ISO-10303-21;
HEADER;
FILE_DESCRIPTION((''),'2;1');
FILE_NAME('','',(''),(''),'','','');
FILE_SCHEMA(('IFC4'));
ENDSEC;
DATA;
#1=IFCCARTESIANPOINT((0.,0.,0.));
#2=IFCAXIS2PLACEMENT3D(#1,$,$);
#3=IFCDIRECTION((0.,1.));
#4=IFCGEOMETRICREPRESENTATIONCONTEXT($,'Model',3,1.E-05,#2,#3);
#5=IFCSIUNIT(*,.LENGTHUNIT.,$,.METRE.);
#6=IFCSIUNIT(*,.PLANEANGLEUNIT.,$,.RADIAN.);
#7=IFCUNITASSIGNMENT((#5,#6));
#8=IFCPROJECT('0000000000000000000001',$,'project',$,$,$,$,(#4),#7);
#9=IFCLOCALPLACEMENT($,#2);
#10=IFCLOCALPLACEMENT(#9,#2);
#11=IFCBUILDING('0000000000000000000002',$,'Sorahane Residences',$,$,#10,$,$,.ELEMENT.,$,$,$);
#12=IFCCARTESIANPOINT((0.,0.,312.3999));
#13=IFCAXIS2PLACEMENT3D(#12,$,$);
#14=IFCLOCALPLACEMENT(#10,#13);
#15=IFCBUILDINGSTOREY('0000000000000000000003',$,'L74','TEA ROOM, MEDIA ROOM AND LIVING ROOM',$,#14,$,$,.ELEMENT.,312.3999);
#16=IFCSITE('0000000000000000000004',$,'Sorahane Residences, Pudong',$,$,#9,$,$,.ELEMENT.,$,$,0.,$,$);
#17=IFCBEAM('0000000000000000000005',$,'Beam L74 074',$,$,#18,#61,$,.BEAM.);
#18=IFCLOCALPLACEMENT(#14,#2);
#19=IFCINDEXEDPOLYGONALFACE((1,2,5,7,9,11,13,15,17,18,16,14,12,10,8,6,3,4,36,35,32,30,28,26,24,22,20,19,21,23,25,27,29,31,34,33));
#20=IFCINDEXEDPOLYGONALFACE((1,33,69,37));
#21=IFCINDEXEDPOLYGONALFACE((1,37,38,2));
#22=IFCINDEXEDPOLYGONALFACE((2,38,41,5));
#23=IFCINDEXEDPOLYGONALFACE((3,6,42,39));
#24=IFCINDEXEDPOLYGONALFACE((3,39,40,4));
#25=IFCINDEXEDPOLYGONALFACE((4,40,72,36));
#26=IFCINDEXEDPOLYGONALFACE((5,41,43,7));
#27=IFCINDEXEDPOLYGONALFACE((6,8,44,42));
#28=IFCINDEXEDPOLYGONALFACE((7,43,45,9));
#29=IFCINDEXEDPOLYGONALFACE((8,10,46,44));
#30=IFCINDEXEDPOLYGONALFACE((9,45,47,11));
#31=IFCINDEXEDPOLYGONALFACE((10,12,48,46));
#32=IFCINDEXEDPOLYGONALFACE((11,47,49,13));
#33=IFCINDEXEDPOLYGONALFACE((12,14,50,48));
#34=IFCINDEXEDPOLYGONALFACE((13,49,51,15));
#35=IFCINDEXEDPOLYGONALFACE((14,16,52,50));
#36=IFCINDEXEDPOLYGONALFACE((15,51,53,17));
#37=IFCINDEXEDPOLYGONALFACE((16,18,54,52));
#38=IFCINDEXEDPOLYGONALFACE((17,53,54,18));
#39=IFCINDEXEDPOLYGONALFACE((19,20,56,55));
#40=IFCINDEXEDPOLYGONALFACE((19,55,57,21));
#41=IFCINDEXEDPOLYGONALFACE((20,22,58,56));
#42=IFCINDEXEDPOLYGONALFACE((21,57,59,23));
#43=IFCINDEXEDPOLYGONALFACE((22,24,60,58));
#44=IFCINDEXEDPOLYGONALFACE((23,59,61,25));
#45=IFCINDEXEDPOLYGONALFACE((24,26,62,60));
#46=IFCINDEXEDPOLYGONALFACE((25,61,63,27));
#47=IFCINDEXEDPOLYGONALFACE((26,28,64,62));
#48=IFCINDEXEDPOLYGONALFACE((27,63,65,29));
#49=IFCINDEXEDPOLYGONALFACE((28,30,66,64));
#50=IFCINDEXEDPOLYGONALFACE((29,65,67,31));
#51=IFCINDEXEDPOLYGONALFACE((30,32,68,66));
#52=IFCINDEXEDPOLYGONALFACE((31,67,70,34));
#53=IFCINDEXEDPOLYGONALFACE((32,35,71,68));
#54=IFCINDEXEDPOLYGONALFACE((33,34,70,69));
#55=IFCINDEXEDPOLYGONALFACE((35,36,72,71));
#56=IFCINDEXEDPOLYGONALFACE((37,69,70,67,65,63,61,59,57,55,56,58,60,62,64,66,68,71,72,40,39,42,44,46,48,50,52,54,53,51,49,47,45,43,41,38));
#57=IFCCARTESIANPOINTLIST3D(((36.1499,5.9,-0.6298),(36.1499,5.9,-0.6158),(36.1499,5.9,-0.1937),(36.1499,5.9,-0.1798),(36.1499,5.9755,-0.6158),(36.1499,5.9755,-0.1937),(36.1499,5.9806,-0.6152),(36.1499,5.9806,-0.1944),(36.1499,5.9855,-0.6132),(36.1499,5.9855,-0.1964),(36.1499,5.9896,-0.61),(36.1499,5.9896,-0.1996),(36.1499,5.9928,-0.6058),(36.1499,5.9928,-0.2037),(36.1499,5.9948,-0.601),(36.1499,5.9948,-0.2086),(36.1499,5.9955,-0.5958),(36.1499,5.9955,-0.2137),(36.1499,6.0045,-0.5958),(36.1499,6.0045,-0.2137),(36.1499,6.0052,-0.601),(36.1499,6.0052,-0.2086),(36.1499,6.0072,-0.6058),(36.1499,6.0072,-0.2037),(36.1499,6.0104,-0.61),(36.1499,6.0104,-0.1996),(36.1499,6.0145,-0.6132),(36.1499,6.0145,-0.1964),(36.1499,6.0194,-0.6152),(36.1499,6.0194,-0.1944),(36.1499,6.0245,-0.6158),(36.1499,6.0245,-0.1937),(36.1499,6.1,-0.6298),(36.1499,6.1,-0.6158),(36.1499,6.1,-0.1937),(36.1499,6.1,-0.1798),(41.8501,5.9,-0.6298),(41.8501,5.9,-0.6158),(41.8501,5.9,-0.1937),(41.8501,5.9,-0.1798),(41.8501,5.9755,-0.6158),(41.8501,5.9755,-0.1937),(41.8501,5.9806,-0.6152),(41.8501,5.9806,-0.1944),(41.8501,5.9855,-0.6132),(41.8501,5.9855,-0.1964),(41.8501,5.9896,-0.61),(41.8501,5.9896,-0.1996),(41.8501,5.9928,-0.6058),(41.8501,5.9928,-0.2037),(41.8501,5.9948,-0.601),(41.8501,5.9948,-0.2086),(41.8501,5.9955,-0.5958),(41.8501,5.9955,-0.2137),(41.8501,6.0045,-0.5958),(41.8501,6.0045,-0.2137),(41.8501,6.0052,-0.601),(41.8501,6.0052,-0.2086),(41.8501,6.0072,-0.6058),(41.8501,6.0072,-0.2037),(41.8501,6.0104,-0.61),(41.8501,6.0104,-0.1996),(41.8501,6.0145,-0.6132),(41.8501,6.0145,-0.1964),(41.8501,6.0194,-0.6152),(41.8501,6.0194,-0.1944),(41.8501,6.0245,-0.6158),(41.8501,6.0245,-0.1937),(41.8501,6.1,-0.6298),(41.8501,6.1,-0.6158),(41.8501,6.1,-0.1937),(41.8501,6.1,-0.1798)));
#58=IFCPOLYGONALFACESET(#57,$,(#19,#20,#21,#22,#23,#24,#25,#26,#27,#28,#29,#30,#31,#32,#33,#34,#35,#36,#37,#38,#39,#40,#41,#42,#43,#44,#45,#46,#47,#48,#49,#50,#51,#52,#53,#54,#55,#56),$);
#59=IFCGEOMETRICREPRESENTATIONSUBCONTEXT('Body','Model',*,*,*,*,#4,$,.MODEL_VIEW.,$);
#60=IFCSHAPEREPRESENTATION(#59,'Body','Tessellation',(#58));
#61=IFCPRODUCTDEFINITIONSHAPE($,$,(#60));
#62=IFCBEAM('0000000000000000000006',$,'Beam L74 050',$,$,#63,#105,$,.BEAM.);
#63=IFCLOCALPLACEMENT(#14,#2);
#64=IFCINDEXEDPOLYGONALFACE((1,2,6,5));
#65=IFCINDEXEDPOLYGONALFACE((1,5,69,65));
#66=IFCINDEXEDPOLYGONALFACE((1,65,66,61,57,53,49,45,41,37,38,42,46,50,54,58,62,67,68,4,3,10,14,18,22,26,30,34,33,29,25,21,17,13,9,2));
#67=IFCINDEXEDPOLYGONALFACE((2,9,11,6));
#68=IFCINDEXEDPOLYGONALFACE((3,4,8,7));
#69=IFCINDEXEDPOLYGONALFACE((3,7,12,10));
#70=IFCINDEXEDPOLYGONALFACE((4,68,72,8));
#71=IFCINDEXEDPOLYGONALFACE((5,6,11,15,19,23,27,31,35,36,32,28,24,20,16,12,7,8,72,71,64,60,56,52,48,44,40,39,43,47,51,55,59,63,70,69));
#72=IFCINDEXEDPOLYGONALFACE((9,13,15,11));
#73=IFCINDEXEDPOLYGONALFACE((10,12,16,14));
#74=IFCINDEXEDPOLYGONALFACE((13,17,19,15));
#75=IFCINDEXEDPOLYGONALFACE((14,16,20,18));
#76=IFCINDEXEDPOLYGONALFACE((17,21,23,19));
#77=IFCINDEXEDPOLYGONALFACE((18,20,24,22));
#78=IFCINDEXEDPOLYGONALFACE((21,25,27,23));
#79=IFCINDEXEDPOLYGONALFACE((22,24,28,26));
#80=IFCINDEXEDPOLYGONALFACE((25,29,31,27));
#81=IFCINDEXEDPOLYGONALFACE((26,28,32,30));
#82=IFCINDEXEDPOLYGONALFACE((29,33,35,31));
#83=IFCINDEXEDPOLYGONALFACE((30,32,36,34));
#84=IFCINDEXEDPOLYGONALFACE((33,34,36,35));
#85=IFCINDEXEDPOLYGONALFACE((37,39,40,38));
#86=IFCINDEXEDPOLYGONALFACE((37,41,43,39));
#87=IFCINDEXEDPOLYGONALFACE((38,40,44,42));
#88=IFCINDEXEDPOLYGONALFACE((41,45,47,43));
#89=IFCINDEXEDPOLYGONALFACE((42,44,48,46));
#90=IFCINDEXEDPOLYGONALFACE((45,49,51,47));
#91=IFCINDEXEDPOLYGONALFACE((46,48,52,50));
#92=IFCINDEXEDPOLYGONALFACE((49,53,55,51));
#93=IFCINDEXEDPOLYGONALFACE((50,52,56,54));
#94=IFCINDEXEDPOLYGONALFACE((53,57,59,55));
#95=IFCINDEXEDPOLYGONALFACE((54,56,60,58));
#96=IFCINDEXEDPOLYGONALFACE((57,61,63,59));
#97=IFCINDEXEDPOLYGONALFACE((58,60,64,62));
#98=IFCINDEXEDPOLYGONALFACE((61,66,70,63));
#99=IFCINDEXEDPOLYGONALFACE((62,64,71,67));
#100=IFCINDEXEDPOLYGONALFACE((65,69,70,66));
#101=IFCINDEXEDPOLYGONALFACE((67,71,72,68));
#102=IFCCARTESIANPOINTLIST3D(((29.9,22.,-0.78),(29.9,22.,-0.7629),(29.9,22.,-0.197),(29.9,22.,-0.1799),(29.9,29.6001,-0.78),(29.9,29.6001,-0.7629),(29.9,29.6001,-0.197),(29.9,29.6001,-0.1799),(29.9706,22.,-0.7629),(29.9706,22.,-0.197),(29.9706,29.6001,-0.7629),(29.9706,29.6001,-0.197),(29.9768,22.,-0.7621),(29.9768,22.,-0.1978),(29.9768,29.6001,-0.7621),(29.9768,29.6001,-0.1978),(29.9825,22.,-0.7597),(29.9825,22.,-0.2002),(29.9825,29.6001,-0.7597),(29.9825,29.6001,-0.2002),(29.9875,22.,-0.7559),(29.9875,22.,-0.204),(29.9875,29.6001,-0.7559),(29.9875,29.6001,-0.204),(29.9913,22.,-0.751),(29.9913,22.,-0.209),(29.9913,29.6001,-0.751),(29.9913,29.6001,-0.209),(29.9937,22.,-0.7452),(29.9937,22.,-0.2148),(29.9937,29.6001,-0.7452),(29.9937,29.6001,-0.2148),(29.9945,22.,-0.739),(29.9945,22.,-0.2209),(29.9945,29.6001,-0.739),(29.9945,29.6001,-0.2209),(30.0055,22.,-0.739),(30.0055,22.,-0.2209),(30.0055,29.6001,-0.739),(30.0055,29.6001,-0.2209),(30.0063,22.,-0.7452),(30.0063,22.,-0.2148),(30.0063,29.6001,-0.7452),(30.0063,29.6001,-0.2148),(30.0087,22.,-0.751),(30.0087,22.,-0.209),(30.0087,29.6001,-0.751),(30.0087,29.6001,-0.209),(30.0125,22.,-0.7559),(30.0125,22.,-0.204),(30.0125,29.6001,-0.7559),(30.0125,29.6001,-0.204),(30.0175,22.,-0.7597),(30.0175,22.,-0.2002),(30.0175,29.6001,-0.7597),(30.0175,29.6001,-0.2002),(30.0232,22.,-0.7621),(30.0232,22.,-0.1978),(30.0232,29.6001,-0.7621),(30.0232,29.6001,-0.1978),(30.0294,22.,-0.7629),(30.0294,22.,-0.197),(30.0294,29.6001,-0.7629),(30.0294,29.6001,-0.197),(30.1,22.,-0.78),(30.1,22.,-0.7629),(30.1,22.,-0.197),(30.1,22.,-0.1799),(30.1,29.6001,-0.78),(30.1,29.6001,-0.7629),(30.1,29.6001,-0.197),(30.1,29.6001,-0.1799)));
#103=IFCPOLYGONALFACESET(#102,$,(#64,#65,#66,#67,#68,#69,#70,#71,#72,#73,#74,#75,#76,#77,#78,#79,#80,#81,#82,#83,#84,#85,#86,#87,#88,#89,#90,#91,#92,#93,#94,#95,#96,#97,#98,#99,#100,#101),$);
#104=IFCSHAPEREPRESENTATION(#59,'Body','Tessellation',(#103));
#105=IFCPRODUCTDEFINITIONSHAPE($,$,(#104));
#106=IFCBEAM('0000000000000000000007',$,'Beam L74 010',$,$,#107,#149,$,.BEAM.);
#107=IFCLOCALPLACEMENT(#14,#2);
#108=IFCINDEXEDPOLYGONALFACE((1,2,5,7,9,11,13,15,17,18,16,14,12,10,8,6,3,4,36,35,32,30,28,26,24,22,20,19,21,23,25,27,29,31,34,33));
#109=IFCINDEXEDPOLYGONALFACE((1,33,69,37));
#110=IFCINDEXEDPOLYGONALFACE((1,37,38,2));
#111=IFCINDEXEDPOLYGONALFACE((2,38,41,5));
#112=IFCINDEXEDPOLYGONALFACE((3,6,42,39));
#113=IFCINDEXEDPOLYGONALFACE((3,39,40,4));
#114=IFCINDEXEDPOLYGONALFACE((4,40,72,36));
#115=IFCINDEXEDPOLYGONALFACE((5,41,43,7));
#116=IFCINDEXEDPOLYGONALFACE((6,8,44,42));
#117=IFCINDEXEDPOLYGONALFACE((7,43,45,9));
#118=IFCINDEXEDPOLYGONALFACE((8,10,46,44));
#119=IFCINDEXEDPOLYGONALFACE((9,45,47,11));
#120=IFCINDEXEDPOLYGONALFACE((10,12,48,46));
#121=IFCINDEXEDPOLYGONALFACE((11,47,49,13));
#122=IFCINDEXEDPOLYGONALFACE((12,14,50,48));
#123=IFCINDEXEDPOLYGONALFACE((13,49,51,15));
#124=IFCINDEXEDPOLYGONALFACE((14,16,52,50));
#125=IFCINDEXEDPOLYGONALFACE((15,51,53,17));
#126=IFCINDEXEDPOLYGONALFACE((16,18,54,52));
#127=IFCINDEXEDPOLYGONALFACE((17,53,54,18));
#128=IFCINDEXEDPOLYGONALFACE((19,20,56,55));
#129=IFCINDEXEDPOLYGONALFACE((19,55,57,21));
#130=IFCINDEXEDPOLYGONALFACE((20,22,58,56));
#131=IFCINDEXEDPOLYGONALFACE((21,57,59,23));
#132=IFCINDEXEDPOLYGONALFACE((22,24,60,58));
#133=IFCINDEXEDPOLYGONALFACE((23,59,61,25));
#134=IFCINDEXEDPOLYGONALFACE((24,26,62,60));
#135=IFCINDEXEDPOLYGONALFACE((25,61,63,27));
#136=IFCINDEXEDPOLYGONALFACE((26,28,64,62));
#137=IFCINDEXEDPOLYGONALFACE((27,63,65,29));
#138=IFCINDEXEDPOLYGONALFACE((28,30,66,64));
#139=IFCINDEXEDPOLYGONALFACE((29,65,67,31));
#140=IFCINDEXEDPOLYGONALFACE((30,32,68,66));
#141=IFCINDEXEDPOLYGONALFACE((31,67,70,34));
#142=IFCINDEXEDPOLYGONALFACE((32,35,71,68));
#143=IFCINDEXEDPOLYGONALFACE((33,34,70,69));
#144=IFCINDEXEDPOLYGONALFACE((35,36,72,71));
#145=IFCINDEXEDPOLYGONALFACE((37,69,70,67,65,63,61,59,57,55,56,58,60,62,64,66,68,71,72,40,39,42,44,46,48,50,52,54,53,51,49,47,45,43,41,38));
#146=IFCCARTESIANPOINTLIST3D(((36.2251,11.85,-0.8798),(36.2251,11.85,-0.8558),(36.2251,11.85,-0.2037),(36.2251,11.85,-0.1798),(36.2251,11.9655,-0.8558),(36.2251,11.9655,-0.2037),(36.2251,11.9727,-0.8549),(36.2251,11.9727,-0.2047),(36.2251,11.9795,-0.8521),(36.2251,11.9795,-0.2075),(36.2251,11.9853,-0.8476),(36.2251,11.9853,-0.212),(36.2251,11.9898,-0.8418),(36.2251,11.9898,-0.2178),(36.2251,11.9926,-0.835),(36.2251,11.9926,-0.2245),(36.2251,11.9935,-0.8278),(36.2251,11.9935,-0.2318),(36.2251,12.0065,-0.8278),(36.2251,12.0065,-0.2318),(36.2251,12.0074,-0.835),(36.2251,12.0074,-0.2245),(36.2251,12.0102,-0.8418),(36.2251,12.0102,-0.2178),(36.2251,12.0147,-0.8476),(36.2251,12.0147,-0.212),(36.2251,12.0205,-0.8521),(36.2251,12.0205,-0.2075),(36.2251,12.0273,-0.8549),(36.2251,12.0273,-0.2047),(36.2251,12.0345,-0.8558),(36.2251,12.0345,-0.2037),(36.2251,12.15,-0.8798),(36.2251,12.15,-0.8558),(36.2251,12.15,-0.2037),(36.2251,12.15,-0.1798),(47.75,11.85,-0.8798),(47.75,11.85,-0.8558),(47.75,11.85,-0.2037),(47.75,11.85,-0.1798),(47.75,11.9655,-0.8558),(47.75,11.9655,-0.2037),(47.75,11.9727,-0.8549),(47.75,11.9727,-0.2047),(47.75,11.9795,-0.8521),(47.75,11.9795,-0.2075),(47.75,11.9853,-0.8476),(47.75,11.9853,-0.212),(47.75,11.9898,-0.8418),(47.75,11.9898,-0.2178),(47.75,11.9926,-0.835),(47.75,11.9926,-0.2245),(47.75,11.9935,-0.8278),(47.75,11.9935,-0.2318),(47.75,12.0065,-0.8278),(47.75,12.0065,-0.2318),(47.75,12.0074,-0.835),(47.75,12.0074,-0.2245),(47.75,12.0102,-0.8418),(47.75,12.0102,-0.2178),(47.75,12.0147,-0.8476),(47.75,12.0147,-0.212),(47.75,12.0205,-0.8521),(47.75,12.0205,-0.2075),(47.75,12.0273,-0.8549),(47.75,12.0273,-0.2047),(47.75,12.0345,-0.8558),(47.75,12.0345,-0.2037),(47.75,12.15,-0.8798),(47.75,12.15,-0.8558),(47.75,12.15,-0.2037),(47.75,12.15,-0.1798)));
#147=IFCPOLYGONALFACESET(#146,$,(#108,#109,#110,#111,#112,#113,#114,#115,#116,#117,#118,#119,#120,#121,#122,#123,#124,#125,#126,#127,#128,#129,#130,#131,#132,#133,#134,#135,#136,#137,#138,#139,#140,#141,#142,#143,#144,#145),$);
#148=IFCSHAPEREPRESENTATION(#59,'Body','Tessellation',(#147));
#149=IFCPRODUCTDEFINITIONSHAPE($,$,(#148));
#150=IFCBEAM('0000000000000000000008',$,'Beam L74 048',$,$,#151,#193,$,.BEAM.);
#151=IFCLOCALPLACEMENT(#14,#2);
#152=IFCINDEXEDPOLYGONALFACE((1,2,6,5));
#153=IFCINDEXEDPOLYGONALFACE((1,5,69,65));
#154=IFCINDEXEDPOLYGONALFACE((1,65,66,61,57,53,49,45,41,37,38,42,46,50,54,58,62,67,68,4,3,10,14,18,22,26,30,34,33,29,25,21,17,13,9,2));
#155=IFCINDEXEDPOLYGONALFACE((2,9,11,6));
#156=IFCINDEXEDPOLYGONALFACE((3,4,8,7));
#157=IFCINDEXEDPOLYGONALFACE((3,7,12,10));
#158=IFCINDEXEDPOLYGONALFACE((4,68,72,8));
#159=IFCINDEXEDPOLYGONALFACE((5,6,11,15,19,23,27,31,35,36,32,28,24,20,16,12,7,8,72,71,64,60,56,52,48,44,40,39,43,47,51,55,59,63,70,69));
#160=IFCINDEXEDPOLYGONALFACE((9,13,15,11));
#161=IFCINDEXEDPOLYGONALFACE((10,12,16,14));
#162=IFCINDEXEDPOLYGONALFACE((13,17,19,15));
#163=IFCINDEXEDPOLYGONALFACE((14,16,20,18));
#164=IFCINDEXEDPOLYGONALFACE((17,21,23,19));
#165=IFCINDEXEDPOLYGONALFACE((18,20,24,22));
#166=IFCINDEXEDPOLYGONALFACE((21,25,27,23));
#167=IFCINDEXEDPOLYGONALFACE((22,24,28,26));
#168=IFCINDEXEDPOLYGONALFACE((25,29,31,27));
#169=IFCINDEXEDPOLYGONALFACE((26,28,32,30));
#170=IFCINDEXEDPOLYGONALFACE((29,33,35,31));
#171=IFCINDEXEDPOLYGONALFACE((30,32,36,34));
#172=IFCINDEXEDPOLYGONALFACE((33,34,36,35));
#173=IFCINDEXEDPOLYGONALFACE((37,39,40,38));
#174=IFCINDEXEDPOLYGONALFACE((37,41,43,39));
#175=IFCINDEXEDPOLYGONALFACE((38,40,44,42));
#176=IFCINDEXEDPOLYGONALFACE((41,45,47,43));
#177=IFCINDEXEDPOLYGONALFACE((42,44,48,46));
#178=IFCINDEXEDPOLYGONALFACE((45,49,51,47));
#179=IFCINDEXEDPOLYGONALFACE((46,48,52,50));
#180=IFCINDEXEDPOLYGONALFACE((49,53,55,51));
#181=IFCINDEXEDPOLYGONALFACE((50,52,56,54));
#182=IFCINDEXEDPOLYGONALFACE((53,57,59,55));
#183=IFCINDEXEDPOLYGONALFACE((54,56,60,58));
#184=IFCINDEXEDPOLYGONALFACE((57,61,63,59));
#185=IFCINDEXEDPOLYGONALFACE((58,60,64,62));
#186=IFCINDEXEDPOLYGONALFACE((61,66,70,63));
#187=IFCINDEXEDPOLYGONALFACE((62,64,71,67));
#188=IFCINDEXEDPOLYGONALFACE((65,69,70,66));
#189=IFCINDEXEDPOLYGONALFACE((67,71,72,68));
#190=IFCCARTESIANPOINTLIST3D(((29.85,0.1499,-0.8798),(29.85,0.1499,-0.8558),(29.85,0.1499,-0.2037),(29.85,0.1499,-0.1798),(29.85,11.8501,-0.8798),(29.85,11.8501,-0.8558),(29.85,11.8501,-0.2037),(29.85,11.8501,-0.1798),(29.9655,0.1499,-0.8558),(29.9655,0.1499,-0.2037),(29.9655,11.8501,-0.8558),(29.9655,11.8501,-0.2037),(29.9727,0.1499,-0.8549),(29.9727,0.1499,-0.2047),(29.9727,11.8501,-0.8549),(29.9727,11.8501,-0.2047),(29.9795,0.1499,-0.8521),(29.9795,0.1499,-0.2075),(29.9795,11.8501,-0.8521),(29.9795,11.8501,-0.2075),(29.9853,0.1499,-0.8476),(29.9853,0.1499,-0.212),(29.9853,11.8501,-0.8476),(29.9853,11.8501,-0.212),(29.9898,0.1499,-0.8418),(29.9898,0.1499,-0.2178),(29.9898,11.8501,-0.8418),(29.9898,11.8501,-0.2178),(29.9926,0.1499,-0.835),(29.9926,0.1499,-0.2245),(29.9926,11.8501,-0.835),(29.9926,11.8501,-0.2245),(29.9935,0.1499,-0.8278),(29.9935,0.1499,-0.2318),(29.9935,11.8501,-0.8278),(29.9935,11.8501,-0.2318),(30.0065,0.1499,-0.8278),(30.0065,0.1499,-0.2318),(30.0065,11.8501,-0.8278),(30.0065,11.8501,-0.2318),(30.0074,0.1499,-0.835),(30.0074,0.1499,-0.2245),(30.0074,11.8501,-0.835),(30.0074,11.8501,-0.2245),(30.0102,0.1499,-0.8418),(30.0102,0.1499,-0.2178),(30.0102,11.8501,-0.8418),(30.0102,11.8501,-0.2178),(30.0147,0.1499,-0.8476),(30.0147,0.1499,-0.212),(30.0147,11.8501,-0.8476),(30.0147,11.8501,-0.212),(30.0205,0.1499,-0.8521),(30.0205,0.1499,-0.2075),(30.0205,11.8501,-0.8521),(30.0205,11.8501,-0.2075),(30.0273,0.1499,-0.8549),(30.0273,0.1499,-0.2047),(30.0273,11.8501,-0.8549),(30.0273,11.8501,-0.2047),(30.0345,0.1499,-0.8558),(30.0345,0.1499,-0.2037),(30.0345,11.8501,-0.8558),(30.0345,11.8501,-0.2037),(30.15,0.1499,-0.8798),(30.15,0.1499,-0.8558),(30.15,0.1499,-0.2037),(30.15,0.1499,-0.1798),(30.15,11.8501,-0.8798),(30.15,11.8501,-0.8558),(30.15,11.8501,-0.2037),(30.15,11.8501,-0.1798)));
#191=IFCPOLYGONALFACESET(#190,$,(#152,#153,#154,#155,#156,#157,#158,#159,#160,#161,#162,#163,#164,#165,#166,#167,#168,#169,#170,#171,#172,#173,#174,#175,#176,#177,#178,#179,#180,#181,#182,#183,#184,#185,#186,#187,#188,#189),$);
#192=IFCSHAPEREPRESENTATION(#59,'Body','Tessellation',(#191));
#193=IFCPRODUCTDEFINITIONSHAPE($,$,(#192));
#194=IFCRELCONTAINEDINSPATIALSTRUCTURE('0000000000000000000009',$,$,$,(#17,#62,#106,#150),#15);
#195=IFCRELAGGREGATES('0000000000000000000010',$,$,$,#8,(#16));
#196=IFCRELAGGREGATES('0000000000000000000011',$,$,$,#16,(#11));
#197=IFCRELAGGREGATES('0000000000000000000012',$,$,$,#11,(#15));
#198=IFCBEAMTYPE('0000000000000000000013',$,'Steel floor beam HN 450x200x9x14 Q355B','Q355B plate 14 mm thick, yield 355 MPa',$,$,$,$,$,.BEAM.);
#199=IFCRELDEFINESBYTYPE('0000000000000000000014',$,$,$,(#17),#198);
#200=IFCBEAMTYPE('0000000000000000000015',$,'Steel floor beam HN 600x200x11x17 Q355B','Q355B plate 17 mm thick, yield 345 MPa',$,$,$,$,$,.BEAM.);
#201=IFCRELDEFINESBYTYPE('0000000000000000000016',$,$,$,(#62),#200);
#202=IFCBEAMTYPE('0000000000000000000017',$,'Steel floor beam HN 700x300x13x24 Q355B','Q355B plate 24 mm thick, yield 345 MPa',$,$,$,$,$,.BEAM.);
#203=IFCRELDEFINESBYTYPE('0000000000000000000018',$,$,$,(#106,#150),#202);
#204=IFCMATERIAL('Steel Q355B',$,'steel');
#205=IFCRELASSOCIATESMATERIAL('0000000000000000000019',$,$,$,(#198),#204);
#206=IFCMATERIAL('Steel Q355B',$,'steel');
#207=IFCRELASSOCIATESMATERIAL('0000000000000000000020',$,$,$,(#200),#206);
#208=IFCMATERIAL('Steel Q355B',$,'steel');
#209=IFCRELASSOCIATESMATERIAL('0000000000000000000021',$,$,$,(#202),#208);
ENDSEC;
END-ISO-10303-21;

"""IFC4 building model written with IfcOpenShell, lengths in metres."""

from ifc_helpers import new_model, si_unit, direction, frame, origin, origin_2d, place, context, subcontext, project, spatial, i_section, extrude, material, material_profile, profile_set, type_object, element, save


model = new_model("IFC4")

# Units and contexts
model_context = context("Model", 3, precision=1e-05, world=origin(), true_north=direction((0.0, 1.0)))
body_context = subcontext(model_context, "Body", "Model", "MODEL_VIEW")
ifc_project = project(units=[si_unit("LENGTHUNIT", "METRE"), si_unit("PLANEANGLEUNIT", "RADIAN")], contexts=[model_context])

# Site, building, storey
site_placement = place(None, origin())
site = spatial("IfcSite", under=ifc_project, at=site_placement, Name="Sorahane Residences, Pudong", CompositionType="ELEMENT", RefElevation=0.0)
building_placement = place(site_placement, origin())
building = spatial("IfcBuilding", under=site, at=building_placement, Name="Sorahane Residences", CompositionType="ELEMENT")
storey_placement = place(building_placement, frame((0.0, 0.0, 312.3999)))
storey = spatial("IfcBuildingStorey", under=building, at=storey_placement, Name="L74", Description="TEA ROOM, MEDIA ROOM AND LIVING ROOM", CompositionType="ELEMENT", Elevation=312.3999)

# Beams
ifc_material_1 = material(Name="Steel Q355B", Category="steel")
ifc_material_profile_1 = material_profile(ifc_material_1, i_section(OverallWidth=0.2, OverallDepth=0.45, WebThickness=0.009, FlangeThickness=0.0139, FilletRadius=0.02, at=origin_2d()), Name="HN 450x200x9x14")
ifc_profile_set_1 = profile_set([ifc_material_profile_1], Name="Steel Q355B")
beam_type_1 = type_object("IfcBeamType", Name="Steel floor beam HN 450x200x9x14 Q355B", Description="Q355B plate 14 mm thick, yield 355 MPa", PredefinedType="BEAM", material=ifc_profile_set_1)
for number, where, z_axis, x_axis, name in (
    (1, (36.1499, 6.0, -0.4048), (1.0, 0.0, 0.0), (0.0, 1.0, 0.0), "Beam L74 074"),
):
    element("IfcBeam", number, at=place(storey_placement, frame(where, z_axis=z_axis, x_axis=x_axis)), inside=storey, type_object=beam_type_1, Name=name, PredefinedType="BEAM", context=body_context, shape_type="SweptSolid", body=[
        extrude(i_section(OverallWidth=0.2, OverallDepth=0.45, WebThickness=0.009, FlangeThickness=0.0139, FilletRadius=0.02, at=origin_2d()), origin(), (0.0, 0.0, 1.0), 5.7002),
    ])
ifc_material_2 = material(Name="Steel Q355B", Category="steel")
ifc_material_profile_2 = material_profile(ifc_material_2, i_section(OverallWidth=0.2, OverallDepth=0.6001, WebThickness=0.011, FlangeThickness=0.0171, FilletRadius=0.0239, at=origin_2d()), Name="HN 600x200x11x17")
ifc_profile_set_2 = profile_set([ifc_material_profile_2], Name="Steel Q355B")
beam_type_2 = type_object("IfcBeamType", Name="Steel floor beam HN 600x200x11x17 Q355B", Description="Q355B plate 17 mm thick, yield 345 MPa", PredefinedType="BEAM", material=ifc_profile_set_2)
beam_1_placement = place(storey_placement, frame((30.0, 22.0, -0.48), z_axis=(0.0, 1.0, 0.0), x_axis=(-1.0, 0.0, 0.0)))
element("IfcBeam", 2, at=beam_1_placement, inside=storey, type_object=beam_type_2, Name="Beam L74 050", PredefinedType="BEAM", context=body_context, shape_type="SweptSolid", body=[
    extrude(i_section(OverallWidth=0.2, OverallDepth=0.6001, WebThickness=0.011, FlangeThickness=0.0171, FilletRadius=0.0239, at=origin_2d()), origin(), (0.0, 0.0, 1.0), 7.6001),
])
ifc_material_3 = material(Name="Steel Q355B", Category="steel")
ifc_material_profile_3 = material_profile(ifc_material_3, i_section(OverallWidth=0.3, OverallDepth=0.7, WebThickness=0.0129, FlangeThickness=0.0239, FilletRadius=0.0281, at=origin_2d()), Name="HN 700x300x13x24")
ifc_profile_set_3 = profile_set([ifc_material_profile_3], Name="Steel Q355B")
beam_type_3 = type_object("IfcBeamType", Name="Steel floor beam HN 700x300x13x24 Q355B", Description="Q355B plate 24 mm thick, yield 345 MPa", PredefinedType="BEAM", material=ifc_profile_set_3)
beam_2_placement = place(storey_placement, frame((36.2251, 12.0, -0.5298), z_axis=(1.0, 0.0, 0.0), x_axis=(0.0, 1.0, 0.0)))
element("IfcBeam", 3, at=beam_2_placement, inside=storey, type_object=beam_type_3, Name="Beam L74 010", PredefinedType="BEAM", context=body_context, shape_type="SweptSolid", body=[
    extrude(i_section(OverallWidth=0.3, OverallDepth=0.7, WebThickness=0.0129, FlangeThickness=0.0239, FilletRadius=0.0281, at=origin_2d()), origin(), (0.0, 0.0, 1.0), 11.5249),
])
beam_3_placement = place(storey_placement, frame((30.0, 0.1499, -0.5298), z_axis=(0.0, 1.0, 0.0), x_axis=(-1.0, 0.0, 0.0)))
element("IfcBeam", 4, at=beam_3_placement, inside=storey, type_object=beam_type_3, Name="Beam L74 048", PredefinedType="BEAM", context=body_context, shape_type="SweptSolid", body=[
    extrude(i_section(OverallWidth=0.3, OverallDepth=0.7, WebThickness=0.0129, FlangeThickness=0.0239, FilletRadius=0.0281, at=origin_2d()), origin(), (0.0, 0.0, 1.0), 11.7002),
])

save(model, "model.ifc")
